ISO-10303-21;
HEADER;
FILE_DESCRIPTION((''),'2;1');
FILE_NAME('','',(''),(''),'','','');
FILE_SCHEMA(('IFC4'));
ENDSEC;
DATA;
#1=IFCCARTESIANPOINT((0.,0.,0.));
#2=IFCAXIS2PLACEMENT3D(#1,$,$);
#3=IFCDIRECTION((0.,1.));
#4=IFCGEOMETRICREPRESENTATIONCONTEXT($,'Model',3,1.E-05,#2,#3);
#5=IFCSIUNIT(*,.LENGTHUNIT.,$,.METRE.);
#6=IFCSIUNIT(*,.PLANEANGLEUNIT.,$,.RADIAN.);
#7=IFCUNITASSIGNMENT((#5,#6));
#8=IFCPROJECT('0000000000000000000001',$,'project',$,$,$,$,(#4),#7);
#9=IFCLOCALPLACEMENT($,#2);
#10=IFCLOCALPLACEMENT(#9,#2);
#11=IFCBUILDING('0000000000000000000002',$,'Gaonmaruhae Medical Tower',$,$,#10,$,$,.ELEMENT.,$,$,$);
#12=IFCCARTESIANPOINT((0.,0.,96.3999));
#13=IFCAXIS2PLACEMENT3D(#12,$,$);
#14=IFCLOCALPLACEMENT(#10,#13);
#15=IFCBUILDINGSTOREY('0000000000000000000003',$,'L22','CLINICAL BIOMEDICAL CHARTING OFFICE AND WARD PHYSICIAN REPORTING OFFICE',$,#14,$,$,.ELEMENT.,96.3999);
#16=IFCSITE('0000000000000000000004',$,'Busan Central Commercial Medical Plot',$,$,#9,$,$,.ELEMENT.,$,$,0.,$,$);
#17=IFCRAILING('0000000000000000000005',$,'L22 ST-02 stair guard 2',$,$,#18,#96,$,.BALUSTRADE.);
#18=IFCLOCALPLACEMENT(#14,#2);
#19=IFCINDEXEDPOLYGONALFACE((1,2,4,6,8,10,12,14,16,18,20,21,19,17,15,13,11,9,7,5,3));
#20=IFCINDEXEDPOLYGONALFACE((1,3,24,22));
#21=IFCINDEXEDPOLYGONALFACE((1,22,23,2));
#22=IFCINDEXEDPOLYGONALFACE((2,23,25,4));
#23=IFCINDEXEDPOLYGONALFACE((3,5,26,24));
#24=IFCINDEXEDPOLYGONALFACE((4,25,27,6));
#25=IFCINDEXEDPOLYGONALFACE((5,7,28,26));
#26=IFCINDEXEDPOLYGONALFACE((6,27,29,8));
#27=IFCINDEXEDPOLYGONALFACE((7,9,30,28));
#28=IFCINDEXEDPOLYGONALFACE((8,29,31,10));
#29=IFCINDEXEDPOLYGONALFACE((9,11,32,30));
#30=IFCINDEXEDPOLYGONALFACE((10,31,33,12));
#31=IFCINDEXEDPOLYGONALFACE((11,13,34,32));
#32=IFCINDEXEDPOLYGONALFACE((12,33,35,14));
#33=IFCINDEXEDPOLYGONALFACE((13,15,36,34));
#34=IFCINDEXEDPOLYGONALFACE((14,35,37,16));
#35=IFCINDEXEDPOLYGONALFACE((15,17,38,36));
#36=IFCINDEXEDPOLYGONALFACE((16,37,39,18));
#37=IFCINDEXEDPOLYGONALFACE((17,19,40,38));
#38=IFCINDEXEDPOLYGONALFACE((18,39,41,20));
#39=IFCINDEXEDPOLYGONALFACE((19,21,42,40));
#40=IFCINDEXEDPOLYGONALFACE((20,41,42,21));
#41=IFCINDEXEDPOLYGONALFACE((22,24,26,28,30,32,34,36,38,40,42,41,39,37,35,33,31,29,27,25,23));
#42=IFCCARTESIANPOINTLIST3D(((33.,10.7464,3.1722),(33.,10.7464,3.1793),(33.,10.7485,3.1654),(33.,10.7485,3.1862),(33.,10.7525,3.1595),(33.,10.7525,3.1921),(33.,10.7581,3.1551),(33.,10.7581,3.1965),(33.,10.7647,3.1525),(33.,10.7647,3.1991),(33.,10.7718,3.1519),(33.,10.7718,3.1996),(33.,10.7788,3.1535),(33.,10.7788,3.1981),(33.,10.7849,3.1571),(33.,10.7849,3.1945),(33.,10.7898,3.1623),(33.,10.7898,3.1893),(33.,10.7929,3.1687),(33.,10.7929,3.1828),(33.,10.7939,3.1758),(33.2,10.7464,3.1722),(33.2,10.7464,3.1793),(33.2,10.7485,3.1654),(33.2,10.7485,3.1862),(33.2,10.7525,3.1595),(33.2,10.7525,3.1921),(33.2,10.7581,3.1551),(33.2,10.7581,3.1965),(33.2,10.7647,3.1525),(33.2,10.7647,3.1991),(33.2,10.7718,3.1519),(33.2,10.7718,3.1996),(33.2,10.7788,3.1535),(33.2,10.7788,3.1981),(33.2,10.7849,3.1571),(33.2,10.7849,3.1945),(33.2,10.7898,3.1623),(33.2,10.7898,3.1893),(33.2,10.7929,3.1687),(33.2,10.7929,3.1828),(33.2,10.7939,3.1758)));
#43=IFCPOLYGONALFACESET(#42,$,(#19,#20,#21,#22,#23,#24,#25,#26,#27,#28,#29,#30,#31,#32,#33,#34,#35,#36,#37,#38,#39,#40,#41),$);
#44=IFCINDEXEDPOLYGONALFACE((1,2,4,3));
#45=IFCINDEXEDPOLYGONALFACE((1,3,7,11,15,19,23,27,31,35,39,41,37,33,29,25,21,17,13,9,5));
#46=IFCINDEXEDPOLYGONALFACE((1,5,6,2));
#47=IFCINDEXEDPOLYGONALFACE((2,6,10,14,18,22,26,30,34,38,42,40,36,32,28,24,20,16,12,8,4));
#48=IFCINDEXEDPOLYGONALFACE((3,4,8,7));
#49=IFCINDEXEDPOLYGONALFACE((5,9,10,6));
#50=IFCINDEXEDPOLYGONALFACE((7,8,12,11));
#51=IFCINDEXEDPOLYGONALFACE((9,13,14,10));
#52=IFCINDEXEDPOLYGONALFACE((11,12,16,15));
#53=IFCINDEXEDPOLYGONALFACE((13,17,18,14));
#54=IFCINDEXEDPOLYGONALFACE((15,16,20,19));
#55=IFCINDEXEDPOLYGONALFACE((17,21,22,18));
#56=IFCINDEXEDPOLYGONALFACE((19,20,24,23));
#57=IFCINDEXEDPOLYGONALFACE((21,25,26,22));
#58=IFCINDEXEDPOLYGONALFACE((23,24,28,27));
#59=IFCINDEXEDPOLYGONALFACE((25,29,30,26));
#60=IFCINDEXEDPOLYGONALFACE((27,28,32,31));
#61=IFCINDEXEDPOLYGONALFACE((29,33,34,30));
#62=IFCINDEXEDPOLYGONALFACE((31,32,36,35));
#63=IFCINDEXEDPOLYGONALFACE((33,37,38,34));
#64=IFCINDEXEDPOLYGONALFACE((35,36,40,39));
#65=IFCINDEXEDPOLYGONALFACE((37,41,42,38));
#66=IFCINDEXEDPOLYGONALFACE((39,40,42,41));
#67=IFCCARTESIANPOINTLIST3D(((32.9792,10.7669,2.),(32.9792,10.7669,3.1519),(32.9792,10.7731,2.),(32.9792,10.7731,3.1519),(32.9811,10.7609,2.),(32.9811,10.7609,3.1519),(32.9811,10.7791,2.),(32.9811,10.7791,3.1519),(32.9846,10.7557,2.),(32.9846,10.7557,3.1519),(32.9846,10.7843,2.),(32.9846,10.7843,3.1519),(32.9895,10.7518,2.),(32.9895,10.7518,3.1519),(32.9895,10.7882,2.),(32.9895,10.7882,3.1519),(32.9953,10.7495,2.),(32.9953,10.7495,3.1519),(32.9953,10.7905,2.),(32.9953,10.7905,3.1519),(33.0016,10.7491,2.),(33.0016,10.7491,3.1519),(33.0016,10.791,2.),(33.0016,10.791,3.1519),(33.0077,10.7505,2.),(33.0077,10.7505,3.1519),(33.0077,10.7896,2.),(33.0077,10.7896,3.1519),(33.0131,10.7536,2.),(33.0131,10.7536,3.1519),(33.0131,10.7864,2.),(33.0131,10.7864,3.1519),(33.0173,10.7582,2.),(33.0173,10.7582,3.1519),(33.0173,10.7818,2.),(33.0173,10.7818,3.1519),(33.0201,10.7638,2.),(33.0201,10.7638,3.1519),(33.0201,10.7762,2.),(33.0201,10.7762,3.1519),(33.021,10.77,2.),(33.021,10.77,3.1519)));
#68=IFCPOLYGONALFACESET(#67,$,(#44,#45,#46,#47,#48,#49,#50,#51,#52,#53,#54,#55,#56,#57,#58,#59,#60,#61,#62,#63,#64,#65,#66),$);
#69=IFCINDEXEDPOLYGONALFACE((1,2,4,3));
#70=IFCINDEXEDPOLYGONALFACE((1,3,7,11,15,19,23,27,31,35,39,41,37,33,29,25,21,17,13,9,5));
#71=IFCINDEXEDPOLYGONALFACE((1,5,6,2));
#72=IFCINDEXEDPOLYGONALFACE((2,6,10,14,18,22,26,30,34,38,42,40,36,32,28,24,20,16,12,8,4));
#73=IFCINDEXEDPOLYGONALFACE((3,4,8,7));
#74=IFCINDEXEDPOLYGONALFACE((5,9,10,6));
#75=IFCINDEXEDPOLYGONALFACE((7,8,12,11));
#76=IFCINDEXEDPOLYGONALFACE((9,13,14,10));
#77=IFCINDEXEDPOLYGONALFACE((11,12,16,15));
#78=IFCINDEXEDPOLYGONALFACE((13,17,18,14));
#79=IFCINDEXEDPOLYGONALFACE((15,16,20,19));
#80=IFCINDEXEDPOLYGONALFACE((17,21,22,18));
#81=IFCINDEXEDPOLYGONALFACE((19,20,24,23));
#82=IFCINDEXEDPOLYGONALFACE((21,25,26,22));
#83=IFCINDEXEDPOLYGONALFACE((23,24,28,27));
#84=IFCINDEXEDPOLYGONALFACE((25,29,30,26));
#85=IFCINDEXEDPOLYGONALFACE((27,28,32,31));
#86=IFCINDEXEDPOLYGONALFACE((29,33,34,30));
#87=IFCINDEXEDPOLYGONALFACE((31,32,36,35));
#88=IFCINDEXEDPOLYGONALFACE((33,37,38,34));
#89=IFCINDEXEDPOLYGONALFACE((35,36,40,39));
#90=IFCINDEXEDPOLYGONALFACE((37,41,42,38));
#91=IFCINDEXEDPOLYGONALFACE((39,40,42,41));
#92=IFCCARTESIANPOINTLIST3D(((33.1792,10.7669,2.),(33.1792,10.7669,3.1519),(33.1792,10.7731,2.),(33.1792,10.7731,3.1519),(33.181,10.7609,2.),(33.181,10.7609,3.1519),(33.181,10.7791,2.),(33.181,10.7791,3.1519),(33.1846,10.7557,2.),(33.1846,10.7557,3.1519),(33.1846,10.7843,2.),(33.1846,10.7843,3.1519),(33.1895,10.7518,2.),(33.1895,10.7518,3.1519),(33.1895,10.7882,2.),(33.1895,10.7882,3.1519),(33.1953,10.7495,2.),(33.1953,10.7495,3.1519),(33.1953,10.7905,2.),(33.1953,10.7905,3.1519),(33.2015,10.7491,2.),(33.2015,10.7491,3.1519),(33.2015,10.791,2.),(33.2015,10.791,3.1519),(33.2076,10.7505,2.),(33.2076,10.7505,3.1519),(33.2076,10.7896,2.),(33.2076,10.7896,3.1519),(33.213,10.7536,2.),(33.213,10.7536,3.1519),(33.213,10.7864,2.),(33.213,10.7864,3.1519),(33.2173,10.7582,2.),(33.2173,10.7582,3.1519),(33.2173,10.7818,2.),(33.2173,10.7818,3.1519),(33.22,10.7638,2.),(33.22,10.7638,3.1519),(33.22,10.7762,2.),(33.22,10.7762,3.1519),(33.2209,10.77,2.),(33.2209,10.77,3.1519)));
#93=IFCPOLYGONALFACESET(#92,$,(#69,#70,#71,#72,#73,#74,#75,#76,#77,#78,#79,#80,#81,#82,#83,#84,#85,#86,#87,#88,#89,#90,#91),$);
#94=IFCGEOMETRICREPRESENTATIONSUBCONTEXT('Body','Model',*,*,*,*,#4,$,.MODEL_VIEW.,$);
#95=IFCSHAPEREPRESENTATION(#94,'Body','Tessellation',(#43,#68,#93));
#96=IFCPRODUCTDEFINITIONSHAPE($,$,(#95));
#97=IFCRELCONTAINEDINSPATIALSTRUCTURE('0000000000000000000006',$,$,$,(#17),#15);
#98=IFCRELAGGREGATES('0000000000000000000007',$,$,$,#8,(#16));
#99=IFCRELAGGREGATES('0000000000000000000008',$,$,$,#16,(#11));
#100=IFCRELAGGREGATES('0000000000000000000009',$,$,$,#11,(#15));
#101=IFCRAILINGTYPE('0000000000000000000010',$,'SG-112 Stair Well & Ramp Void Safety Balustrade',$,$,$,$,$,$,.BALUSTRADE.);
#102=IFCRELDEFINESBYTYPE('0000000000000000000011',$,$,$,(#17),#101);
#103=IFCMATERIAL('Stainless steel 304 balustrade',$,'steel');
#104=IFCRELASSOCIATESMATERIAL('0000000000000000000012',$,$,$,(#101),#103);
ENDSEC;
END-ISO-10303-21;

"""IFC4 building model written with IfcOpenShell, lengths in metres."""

from ifc_helpers import new_model, si_unit, direction, frame, origin, origin_2d, place, context, subcontext, project, spatial, circle, extrude, material, type_object, element, save


model = new_model("IFC4")

# Units and contexts
model_context = context("Model", 3, precision=1e-05, world=origin(), true_north=direction((0.0, 1.0)))
body_context = subcontext(model_context, "Body", "Model", "MODEL_VIEW")
ifc_project = project(units=[si_unit("LENGTHUNIT", "METRE"), si_unit("PLANEANGLEUNIT", "RADIAN")], contexts=[model_context])

# Site, building, storey
site_placement = place(None, origin())
site = spatial("IfcSite", under=ifc_project, at=site_placement, Name="Busan Central Commercial Medical Plot", CompositionType="ELEMENT", RefElevation=0.0)
building_placement = place(site_placement, origin())
building = spatial("IfcBuilding", under=site, at=building_placement, Name="Gaonmaruhae Medical Tower", CompositionType="ELEMENT")
storey_placement = place(building_placement, frame((0.0, 0.0, 96.3999)))
storey = spatial("IfcBuildingStorey", under=building, at=storey_placement, Name="L22", Description="CLINICAL BIOMEDICAL CHARTING OFFICE AND WARD PHYSICIAN REPORTING OFFICE", CompositionType="ELEMENT", Elevation=96.3999)

# Railing
ifc_material_1 = material(Name="Stainless steel 304 balustrade", Category="steel")
railing_type_1 = type_object("IfcRailingType", Name="SG-112 Stair Well & Ramp Void Safety Balustrade", PredefinedType="BALUSTRADE", material=ifc_material_1)
railing_1_placement = place(storey_placement, frame((33.0, 10.77, 2.0)))
element("IfcRailing", 1, at=railing_1_placement, inside=storey, type_object=railing_type_1, Name="L22 ST-02 stair guard 2", PredefinedType="BALUSTRADE", context=body_context, shape_type="SweptSolid", body=[
    extrude(circle(Radius=0.0239, at=origin_2d()), frame((0.0, 0.0, 1.1758), z_axis=(1.0, 0.0, 0.0), x_axis=(0.0, 1.0, 0.0)), (0.0, 0.0, 1.0), 0.2),
    extrude(circle(Radius=0.021, at=origin_2d()), origin(), (0.0, 0.0, 1.0), 1.1519),
    extrude(circle(Radius=0.021, at=origin_2d()), frame((0.2, 0.0, 0.0)), (0.0, 0.0, 1.0), 1.1519),
])

save(model, "model.ifc")
